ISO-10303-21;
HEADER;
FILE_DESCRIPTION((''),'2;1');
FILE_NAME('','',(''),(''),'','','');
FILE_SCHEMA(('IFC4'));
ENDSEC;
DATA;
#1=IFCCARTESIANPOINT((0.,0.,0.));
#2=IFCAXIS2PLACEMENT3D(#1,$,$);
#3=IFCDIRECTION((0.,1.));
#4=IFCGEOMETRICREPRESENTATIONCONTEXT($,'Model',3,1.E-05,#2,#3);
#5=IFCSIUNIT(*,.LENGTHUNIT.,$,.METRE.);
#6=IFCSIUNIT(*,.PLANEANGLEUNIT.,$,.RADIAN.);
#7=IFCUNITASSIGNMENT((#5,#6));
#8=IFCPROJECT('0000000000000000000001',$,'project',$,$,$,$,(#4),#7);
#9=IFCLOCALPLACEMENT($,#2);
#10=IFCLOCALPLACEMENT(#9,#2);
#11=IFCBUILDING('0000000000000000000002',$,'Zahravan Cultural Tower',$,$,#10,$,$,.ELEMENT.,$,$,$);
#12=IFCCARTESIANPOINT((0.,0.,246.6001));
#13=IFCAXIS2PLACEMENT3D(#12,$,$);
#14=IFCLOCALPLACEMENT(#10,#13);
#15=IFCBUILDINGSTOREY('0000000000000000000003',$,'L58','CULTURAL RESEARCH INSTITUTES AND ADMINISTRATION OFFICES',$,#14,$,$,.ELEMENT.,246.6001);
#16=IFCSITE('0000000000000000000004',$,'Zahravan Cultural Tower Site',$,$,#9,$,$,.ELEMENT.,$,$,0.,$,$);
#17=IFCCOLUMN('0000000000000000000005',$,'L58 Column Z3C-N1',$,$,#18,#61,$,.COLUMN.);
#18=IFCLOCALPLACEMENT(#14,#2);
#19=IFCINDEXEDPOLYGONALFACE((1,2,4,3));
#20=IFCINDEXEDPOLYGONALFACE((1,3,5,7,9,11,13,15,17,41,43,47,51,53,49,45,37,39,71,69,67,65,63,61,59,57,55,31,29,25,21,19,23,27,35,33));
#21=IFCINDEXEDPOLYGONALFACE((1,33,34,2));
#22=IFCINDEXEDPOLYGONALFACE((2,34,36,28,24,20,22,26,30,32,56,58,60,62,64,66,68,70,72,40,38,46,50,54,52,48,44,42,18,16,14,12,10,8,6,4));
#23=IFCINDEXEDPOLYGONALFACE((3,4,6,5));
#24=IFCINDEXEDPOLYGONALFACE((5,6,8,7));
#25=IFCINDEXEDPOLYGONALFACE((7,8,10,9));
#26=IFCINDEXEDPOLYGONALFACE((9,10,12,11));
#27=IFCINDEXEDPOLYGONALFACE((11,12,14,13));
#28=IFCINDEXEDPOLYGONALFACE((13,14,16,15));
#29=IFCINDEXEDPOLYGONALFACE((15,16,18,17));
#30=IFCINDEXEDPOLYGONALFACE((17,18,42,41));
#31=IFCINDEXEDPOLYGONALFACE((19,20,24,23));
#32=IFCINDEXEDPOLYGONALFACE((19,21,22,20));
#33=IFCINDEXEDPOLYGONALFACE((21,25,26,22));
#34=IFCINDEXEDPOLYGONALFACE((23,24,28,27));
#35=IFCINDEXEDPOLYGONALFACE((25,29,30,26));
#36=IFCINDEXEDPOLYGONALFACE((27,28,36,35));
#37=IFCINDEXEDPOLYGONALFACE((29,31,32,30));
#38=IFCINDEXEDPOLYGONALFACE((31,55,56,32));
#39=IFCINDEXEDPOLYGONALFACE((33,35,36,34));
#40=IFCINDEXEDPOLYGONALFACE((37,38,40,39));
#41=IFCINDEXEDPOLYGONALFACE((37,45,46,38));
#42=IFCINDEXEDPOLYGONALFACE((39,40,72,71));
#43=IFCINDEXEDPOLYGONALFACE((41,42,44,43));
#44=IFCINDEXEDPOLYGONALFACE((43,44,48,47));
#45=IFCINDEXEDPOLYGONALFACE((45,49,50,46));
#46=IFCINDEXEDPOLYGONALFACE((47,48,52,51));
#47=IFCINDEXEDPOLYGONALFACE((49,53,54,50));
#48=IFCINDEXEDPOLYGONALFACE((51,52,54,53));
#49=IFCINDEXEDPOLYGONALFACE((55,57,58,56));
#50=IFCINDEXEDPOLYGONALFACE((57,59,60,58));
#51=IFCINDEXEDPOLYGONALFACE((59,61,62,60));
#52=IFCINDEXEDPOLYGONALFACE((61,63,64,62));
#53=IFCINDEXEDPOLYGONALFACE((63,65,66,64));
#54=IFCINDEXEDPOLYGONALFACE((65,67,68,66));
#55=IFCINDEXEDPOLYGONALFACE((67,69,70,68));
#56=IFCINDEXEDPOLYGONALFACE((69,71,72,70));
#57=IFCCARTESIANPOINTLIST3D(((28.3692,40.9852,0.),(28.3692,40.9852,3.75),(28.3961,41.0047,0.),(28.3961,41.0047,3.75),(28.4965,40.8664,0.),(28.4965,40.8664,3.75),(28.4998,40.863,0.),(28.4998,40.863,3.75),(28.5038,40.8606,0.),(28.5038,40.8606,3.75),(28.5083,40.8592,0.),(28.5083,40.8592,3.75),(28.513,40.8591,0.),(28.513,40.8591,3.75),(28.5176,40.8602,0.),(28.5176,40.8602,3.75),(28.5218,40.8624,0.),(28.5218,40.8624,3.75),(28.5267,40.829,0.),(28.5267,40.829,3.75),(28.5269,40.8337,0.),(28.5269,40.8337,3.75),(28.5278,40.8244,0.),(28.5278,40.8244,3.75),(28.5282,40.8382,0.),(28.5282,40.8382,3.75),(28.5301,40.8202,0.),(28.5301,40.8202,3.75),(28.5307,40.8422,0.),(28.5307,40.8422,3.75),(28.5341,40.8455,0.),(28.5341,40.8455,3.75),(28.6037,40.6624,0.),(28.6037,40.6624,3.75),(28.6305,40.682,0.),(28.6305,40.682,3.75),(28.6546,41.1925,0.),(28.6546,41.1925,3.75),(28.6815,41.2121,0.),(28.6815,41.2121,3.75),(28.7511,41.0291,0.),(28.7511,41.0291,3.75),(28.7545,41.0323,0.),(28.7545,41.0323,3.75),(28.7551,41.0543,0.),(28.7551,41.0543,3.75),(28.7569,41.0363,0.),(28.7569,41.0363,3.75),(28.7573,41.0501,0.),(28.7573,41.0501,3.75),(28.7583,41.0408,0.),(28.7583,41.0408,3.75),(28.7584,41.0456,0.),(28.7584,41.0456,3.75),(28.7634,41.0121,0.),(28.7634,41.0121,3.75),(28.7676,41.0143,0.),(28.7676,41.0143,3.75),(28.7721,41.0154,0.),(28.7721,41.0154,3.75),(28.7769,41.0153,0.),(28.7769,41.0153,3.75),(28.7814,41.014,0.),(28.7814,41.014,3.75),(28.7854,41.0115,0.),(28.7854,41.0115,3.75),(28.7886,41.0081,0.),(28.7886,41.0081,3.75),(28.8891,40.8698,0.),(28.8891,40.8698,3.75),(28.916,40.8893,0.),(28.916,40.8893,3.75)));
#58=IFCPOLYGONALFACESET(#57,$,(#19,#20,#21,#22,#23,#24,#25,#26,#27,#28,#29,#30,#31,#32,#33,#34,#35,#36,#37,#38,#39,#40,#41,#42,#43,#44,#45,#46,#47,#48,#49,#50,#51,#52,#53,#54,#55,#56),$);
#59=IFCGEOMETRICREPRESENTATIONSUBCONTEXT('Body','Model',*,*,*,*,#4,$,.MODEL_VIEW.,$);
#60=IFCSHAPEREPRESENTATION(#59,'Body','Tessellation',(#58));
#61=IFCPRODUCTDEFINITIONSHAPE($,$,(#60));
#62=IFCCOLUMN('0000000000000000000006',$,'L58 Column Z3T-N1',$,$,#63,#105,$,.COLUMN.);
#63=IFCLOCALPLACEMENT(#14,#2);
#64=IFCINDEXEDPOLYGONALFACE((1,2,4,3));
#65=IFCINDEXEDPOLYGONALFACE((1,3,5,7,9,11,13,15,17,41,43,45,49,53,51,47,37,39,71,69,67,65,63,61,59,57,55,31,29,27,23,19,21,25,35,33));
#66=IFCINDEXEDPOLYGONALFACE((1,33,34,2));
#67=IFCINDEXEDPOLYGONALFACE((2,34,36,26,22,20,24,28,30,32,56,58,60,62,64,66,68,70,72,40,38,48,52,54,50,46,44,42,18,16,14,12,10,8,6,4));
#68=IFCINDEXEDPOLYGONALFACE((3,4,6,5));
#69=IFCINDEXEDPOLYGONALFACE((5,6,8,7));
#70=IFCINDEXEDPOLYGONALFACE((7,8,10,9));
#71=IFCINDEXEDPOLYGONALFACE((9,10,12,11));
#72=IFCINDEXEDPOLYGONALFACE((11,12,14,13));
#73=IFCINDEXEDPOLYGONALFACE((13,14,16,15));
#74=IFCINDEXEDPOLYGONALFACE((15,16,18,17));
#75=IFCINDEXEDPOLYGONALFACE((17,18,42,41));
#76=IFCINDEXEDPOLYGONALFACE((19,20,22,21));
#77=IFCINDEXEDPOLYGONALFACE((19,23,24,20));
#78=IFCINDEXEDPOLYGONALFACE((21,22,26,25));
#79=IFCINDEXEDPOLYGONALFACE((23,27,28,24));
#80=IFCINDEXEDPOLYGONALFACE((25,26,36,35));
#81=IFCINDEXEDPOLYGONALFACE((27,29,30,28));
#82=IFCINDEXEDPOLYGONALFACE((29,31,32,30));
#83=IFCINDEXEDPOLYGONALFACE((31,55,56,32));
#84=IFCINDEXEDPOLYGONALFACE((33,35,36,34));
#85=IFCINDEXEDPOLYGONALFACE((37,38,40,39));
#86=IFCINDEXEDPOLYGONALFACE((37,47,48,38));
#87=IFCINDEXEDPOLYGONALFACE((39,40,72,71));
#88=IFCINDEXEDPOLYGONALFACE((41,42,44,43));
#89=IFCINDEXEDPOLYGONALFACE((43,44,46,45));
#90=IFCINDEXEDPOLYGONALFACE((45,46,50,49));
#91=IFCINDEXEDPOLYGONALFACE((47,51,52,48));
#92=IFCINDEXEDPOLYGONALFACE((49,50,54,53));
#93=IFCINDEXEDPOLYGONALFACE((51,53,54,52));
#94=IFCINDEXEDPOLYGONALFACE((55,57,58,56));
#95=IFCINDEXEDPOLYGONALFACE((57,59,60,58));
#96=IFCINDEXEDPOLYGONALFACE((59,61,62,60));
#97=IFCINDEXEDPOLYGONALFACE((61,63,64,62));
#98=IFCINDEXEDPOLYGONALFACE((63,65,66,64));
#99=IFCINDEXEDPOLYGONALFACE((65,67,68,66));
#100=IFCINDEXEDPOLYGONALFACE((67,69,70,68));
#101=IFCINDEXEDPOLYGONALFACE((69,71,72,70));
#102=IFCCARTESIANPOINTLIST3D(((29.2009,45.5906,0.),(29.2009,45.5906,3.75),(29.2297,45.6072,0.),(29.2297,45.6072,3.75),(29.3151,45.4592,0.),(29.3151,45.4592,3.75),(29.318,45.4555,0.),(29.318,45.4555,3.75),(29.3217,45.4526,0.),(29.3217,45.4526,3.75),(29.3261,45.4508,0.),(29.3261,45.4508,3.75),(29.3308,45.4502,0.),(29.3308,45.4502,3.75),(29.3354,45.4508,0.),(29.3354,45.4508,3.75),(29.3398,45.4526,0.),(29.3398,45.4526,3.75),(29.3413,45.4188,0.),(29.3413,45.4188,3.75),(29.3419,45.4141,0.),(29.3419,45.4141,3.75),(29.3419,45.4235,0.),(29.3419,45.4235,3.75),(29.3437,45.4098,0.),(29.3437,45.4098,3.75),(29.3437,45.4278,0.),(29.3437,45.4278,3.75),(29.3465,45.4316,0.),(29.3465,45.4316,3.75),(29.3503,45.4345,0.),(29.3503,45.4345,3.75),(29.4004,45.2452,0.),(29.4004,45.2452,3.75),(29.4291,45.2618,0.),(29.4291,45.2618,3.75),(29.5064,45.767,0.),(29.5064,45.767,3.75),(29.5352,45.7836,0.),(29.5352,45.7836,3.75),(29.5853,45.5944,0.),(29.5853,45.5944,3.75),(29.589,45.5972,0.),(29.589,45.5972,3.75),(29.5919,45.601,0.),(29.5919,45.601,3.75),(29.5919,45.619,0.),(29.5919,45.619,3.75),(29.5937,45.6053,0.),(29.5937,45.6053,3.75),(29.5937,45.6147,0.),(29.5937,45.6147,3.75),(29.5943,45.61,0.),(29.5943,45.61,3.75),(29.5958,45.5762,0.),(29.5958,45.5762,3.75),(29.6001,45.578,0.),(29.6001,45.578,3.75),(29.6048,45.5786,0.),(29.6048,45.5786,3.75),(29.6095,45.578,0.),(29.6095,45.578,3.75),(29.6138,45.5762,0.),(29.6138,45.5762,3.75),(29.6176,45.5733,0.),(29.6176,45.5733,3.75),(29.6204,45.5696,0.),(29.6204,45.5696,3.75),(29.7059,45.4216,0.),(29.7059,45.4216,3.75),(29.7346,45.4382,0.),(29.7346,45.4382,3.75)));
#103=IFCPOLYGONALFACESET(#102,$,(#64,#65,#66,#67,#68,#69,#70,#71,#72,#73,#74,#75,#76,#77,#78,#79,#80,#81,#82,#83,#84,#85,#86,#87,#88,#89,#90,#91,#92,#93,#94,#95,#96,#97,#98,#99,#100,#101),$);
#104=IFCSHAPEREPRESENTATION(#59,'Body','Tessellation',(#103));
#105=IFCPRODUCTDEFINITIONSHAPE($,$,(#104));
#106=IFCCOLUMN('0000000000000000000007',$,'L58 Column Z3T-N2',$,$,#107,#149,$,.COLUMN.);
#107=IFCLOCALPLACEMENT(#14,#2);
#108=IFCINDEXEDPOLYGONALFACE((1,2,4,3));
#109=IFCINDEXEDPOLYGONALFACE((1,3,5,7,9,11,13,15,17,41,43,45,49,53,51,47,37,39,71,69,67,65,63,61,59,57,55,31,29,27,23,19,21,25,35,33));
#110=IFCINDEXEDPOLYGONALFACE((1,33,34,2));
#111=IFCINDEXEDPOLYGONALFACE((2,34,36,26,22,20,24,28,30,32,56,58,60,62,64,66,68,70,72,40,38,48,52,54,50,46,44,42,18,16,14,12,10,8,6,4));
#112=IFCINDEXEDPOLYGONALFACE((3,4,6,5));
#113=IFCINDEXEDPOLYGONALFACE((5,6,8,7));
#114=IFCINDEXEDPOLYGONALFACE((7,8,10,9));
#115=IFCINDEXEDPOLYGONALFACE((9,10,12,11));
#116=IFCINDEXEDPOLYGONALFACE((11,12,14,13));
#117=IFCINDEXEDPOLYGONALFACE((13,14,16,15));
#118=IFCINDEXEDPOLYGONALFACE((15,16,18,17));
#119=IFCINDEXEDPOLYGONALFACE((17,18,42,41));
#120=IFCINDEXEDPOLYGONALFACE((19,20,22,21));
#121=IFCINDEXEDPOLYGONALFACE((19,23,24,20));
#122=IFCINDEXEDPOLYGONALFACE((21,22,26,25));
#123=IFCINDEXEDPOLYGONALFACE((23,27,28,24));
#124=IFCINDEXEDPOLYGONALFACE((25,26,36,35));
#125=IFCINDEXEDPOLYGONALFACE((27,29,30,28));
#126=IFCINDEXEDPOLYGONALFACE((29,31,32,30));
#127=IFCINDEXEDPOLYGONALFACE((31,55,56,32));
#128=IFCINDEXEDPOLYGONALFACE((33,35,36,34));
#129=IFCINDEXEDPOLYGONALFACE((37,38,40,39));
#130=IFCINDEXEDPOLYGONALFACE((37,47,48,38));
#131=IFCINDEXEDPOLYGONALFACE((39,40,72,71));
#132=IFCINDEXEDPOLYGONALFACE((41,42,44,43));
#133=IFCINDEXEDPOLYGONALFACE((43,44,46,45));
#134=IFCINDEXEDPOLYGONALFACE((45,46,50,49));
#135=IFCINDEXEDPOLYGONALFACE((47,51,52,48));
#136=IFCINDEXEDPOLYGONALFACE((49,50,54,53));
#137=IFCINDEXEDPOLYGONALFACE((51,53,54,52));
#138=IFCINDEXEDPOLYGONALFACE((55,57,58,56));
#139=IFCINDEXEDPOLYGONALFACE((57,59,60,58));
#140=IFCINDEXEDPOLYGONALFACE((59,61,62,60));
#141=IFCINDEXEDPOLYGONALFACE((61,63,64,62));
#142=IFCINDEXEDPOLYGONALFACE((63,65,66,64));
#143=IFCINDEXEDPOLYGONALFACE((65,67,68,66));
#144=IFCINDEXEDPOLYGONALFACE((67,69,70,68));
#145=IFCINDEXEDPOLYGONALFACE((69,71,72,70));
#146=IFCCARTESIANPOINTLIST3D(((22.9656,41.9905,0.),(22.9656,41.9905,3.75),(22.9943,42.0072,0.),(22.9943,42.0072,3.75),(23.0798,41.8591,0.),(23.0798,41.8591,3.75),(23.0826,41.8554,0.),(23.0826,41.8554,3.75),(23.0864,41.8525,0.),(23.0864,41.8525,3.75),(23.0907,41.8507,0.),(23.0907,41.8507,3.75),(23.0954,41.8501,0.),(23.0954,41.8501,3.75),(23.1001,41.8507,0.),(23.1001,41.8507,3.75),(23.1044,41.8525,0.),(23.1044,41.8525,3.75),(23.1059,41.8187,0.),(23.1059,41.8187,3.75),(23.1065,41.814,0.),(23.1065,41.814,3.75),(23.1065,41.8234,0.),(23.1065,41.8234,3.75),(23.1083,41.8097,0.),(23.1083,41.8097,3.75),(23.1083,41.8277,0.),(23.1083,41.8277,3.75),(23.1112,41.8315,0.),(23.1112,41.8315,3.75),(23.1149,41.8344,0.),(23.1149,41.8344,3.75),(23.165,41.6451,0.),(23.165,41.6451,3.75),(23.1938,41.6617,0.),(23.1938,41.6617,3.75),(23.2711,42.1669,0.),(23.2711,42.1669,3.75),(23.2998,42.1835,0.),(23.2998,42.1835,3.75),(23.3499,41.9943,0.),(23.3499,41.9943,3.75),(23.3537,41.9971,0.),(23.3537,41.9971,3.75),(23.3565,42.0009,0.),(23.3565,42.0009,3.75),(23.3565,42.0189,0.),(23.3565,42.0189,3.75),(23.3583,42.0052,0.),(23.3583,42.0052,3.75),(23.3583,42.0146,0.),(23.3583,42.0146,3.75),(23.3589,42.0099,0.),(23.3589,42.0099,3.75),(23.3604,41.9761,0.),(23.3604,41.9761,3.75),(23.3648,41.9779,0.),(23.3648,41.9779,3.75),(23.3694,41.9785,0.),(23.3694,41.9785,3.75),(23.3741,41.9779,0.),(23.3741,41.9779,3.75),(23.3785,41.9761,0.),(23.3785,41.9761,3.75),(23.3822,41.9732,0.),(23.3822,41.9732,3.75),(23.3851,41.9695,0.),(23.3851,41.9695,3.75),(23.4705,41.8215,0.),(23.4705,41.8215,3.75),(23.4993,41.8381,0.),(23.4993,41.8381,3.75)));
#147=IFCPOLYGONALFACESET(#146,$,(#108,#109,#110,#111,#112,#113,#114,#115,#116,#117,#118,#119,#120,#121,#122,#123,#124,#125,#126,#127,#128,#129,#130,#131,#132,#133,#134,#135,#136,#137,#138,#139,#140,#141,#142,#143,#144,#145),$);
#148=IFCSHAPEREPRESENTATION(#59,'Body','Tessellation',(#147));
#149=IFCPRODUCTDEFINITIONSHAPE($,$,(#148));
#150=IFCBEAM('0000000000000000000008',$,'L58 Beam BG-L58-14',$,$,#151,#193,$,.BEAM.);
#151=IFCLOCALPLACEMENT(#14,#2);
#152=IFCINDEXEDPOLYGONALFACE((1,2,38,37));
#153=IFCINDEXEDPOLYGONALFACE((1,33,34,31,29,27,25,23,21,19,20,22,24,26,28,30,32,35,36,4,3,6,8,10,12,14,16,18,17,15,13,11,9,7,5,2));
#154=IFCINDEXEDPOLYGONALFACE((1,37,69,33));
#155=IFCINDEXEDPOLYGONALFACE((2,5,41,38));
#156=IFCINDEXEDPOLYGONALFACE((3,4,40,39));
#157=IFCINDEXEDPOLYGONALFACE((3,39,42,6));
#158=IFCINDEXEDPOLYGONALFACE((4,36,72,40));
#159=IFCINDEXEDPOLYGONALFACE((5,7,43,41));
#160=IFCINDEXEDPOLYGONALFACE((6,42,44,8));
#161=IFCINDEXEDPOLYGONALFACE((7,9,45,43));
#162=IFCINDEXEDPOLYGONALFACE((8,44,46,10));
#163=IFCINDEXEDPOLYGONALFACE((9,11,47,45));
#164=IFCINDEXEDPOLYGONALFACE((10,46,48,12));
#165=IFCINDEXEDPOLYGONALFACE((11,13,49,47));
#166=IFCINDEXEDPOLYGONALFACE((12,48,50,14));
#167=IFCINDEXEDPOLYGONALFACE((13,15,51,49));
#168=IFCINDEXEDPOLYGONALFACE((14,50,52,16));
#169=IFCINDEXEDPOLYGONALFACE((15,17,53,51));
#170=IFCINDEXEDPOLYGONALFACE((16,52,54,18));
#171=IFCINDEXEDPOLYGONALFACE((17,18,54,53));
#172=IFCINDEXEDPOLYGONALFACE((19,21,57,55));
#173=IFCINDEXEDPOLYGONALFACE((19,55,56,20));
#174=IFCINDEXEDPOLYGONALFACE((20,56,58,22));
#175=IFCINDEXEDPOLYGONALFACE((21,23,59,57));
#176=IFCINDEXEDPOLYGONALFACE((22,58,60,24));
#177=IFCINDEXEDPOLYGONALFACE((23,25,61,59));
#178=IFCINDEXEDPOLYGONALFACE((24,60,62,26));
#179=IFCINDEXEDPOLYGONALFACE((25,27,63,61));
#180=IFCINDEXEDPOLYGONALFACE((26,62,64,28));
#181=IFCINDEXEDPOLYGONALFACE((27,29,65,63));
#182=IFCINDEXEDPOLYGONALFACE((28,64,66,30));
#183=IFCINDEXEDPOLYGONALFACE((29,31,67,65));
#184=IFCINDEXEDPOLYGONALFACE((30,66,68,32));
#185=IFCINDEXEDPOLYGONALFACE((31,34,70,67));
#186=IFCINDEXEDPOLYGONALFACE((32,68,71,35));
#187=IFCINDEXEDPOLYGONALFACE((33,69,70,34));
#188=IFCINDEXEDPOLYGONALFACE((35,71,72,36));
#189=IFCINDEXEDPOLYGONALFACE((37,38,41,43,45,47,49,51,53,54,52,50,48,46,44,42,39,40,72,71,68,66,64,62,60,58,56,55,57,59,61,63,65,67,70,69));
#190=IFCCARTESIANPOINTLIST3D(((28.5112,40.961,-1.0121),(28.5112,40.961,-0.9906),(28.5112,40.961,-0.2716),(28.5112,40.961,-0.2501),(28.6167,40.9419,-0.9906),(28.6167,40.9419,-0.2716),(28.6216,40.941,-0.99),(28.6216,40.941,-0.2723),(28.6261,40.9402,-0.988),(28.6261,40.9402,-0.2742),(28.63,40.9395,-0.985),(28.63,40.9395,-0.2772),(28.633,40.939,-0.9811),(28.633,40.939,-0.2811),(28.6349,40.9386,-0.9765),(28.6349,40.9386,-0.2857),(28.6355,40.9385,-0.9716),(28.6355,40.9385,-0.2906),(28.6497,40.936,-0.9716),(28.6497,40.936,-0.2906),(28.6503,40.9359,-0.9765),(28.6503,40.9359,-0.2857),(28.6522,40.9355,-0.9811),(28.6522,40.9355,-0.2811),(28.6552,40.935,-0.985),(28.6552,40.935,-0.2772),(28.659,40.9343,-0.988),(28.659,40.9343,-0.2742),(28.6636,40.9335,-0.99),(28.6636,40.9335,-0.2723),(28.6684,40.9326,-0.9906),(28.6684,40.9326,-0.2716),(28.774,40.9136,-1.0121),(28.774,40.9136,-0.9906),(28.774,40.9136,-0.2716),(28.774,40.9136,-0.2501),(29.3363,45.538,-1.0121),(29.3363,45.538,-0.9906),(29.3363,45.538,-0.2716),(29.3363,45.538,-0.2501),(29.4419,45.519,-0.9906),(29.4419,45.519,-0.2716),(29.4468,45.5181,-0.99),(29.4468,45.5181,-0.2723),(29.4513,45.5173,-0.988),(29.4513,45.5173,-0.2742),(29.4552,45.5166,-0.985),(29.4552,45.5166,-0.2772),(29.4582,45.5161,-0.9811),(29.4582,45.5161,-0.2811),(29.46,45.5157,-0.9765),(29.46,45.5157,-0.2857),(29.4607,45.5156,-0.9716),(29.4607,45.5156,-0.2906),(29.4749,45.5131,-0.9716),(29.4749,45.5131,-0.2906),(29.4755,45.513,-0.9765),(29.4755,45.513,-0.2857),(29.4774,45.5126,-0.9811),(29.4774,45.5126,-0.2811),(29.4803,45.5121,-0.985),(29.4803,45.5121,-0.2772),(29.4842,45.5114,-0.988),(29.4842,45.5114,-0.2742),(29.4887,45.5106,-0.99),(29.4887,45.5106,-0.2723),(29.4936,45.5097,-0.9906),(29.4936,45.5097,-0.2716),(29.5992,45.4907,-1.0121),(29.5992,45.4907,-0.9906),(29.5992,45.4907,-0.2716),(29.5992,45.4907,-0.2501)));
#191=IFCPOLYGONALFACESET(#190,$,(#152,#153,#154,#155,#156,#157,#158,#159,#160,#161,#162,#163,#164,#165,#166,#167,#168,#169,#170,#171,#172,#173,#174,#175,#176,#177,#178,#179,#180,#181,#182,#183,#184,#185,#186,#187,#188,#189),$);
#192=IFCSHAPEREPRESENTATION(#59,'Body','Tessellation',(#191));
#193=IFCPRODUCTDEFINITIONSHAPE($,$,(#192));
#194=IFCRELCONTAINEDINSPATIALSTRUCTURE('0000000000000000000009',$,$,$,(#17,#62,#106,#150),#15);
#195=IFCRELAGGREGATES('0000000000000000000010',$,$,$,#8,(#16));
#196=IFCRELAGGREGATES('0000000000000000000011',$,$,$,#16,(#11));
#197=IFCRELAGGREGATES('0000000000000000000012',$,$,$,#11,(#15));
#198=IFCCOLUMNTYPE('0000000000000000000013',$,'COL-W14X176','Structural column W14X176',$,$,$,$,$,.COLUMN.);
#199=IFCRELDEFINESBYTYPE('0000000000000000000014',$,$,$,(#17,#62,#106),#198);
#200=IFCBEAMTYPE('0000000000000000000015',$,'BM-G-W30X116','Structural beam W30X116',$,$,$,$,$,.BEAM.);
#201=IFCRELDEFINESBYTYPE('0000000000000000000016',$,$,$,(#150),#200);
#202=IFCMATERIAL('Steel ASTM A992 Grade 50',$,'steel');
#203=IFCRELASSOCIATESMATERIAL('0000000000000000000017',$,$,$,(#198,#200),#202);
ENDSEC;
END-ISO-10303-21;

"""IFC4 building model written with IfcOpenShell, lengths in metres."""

from ifc_helpers import new_model, si_unit, direction, frame, origin, origin_2d, place, context, subcontext, project, spatial, i_section, extrude, source, transform, mapped, material, material_profile, profile_set, type_object, element, save


model = new_model("IFC4")

# Units and contexts
model_context = context("Model", 3, precision=1e-05, world=origin(), true_north=direction((0.0, 1.0)))
body_context = subcontext(model_context, "Body", "Model", "MODEL_VIEW")
ifc_project = project(units=[si_unit("LENGTHUNIT", "METRE"), si_unit("PLANEANGLEUNIT", "RADIAN")], contexts=[model_context])

# Site, building, storey
site_placement = place(None, origin())
site = spatial("IfcSite", under=ifc_project, at=site_placement, Name="Zahravan Cultural Tower Site", CompositionType="ELEMENT", RefElevation=0.0)
building_placement = place(site_placement, origin())
building = spatial("IfcBuilding", under=site, at=building_placement, Name="Zahravan Cultural Tower", CompositionType="ELEMENT")
storey_placement = place(building_placement, frame((0.0, 0.0, 246.6001)))
storey = spatial("IfcBuildingStorey", under=building, at=storey_placement, Name="L58", Description="CULTURAL RESEARCH INSTITUTES AND ADMINISTRATION OFFICES", CompositionType="ELEMENT", Elevation=246.6001)

# Columns
ifc_material_1 = material(Name="Steel ASTM A992 Grade 50", Category="steel")
ifc_material_profile_1 = material_profile(ifc_material_1, i_section(OverallWidth=0.3989, OverallDepth=0.386, WebThickness=0.021, FlangeThickness=0.0332, FilletRadius=0.0181, at=origin_2d()), Name="W14X176")
ifc_profile_set_1 = profile_set([ifc_material_profile_1], Name="Steel ASTM A992 Grade 50")
column_type = type_object("IfcColumnType", Name="COL-W14X176", Description="Structural column W14X176", PredefinedType="COLUMN", material=ifc_profile_set_1)
shared_shape_1 = source(origin(), body_context, "Body", "SweptSolid", [
    extrude(i_section(OverallWidth=0.3989, OverallDepth=0.386, WebThickness=0.021, FlangeThickness=0.0332, FilletRadius=0.0181, at=origin_2d()), origin(), (0.0, 0.0, 1.0), 3.75),
])
for number, where, z_axis, x_axis, name in (
    (1, (28.6426, 40.9373, 0.0), (0.0, 0.0, 1.0), (-0.587785, 0.809017, 0.0), "L58 Column Z3C-N1"),
    (2, (29.4678, 45.5144, 0.0), (0.0, 0.0, 1.0), (-0.5, 0.866025, 0.0), "L58 Column Z3T-N1"),
    (3, (23.2324, 41.9143, 0.0), (0.0, 0.0, 1.0), (-0.5, 0.866025, 0.0), "L58 Column Z3T-N2"),
):
    element("IfcColumn", number, at=place(storey_placement, frame(where, z_axis=z_axis, x_axis=x_axis)), inside=storey, type_object=column_type, Name=name, PredefinedType="COLUMN", context=body_context, shape_type="MappedRepresentation", body=[
        mapped(shared_shape_1, transform((0.0, 0.0, 0.0), x_axis=(1.0, 0.0, 0.0), y_axis=(0.0, 1.0, 0.0), z_axis=(0.0, 0.0, 1.0), scale=1.0)),
    ])

# Beam
ifc_material_profile_2 = material_profile(ifc_material_1, i_section(OverallWidth=0.2671, OverallDepth=0.762, WebThickness=0.0144, FlangeThickness=0.0215, FilletRadius=0.019, at=origin_2d()), Name="W30X116")
ifc_profile_set_2 = profile_set([ifc_material_profile_2], Name="Steel ASTM A992 Grade 50")
beam_type_1 = type_object("IfcBeamType", Name="BM-G-W30X116", Description="Structural beam W30X116", PredefinedType="BEAM", material=ifc_profile_set_2)
shared_shape_2 = source(origin(), body_context, "Body", "SweptSolid", [
    extrude(i_section(OverallWidth=0.2671, OverallDepth=0.762, WebThickness=0.0144, FlangeThickness=0.0215, FilletRadius=0.019, at=origin_2d()), origin(), (0.0, 0.0, 1.0), 4.6509),
])
beam_1_placement = place(storey_placement, frame((28.6426, 40.9373, -0.6311), z_axis=(0.177426, 0.984134, 0.0), x_axis=(-0.984134, 0.177426, 0.0)))
element("IfcBeam", 4, at=beam_1_placement, inside=storey, type_object=beam_type_1, Name="L58 Beam BG-L58-14", PredefinedType="BEAM", context=body_context, shape_type="MappedRepresentation", body=[
    mapped(shared_shape_2, transform((0.0, 0.0, 0.0), x_axis=(1.0, 0.0, 0.0), y_axis=(0.0, 1.0, 0.0), z_axis=(0.0, 0.0, 1.0), scale=1.0)),
])

save(model, "model.ifc")
